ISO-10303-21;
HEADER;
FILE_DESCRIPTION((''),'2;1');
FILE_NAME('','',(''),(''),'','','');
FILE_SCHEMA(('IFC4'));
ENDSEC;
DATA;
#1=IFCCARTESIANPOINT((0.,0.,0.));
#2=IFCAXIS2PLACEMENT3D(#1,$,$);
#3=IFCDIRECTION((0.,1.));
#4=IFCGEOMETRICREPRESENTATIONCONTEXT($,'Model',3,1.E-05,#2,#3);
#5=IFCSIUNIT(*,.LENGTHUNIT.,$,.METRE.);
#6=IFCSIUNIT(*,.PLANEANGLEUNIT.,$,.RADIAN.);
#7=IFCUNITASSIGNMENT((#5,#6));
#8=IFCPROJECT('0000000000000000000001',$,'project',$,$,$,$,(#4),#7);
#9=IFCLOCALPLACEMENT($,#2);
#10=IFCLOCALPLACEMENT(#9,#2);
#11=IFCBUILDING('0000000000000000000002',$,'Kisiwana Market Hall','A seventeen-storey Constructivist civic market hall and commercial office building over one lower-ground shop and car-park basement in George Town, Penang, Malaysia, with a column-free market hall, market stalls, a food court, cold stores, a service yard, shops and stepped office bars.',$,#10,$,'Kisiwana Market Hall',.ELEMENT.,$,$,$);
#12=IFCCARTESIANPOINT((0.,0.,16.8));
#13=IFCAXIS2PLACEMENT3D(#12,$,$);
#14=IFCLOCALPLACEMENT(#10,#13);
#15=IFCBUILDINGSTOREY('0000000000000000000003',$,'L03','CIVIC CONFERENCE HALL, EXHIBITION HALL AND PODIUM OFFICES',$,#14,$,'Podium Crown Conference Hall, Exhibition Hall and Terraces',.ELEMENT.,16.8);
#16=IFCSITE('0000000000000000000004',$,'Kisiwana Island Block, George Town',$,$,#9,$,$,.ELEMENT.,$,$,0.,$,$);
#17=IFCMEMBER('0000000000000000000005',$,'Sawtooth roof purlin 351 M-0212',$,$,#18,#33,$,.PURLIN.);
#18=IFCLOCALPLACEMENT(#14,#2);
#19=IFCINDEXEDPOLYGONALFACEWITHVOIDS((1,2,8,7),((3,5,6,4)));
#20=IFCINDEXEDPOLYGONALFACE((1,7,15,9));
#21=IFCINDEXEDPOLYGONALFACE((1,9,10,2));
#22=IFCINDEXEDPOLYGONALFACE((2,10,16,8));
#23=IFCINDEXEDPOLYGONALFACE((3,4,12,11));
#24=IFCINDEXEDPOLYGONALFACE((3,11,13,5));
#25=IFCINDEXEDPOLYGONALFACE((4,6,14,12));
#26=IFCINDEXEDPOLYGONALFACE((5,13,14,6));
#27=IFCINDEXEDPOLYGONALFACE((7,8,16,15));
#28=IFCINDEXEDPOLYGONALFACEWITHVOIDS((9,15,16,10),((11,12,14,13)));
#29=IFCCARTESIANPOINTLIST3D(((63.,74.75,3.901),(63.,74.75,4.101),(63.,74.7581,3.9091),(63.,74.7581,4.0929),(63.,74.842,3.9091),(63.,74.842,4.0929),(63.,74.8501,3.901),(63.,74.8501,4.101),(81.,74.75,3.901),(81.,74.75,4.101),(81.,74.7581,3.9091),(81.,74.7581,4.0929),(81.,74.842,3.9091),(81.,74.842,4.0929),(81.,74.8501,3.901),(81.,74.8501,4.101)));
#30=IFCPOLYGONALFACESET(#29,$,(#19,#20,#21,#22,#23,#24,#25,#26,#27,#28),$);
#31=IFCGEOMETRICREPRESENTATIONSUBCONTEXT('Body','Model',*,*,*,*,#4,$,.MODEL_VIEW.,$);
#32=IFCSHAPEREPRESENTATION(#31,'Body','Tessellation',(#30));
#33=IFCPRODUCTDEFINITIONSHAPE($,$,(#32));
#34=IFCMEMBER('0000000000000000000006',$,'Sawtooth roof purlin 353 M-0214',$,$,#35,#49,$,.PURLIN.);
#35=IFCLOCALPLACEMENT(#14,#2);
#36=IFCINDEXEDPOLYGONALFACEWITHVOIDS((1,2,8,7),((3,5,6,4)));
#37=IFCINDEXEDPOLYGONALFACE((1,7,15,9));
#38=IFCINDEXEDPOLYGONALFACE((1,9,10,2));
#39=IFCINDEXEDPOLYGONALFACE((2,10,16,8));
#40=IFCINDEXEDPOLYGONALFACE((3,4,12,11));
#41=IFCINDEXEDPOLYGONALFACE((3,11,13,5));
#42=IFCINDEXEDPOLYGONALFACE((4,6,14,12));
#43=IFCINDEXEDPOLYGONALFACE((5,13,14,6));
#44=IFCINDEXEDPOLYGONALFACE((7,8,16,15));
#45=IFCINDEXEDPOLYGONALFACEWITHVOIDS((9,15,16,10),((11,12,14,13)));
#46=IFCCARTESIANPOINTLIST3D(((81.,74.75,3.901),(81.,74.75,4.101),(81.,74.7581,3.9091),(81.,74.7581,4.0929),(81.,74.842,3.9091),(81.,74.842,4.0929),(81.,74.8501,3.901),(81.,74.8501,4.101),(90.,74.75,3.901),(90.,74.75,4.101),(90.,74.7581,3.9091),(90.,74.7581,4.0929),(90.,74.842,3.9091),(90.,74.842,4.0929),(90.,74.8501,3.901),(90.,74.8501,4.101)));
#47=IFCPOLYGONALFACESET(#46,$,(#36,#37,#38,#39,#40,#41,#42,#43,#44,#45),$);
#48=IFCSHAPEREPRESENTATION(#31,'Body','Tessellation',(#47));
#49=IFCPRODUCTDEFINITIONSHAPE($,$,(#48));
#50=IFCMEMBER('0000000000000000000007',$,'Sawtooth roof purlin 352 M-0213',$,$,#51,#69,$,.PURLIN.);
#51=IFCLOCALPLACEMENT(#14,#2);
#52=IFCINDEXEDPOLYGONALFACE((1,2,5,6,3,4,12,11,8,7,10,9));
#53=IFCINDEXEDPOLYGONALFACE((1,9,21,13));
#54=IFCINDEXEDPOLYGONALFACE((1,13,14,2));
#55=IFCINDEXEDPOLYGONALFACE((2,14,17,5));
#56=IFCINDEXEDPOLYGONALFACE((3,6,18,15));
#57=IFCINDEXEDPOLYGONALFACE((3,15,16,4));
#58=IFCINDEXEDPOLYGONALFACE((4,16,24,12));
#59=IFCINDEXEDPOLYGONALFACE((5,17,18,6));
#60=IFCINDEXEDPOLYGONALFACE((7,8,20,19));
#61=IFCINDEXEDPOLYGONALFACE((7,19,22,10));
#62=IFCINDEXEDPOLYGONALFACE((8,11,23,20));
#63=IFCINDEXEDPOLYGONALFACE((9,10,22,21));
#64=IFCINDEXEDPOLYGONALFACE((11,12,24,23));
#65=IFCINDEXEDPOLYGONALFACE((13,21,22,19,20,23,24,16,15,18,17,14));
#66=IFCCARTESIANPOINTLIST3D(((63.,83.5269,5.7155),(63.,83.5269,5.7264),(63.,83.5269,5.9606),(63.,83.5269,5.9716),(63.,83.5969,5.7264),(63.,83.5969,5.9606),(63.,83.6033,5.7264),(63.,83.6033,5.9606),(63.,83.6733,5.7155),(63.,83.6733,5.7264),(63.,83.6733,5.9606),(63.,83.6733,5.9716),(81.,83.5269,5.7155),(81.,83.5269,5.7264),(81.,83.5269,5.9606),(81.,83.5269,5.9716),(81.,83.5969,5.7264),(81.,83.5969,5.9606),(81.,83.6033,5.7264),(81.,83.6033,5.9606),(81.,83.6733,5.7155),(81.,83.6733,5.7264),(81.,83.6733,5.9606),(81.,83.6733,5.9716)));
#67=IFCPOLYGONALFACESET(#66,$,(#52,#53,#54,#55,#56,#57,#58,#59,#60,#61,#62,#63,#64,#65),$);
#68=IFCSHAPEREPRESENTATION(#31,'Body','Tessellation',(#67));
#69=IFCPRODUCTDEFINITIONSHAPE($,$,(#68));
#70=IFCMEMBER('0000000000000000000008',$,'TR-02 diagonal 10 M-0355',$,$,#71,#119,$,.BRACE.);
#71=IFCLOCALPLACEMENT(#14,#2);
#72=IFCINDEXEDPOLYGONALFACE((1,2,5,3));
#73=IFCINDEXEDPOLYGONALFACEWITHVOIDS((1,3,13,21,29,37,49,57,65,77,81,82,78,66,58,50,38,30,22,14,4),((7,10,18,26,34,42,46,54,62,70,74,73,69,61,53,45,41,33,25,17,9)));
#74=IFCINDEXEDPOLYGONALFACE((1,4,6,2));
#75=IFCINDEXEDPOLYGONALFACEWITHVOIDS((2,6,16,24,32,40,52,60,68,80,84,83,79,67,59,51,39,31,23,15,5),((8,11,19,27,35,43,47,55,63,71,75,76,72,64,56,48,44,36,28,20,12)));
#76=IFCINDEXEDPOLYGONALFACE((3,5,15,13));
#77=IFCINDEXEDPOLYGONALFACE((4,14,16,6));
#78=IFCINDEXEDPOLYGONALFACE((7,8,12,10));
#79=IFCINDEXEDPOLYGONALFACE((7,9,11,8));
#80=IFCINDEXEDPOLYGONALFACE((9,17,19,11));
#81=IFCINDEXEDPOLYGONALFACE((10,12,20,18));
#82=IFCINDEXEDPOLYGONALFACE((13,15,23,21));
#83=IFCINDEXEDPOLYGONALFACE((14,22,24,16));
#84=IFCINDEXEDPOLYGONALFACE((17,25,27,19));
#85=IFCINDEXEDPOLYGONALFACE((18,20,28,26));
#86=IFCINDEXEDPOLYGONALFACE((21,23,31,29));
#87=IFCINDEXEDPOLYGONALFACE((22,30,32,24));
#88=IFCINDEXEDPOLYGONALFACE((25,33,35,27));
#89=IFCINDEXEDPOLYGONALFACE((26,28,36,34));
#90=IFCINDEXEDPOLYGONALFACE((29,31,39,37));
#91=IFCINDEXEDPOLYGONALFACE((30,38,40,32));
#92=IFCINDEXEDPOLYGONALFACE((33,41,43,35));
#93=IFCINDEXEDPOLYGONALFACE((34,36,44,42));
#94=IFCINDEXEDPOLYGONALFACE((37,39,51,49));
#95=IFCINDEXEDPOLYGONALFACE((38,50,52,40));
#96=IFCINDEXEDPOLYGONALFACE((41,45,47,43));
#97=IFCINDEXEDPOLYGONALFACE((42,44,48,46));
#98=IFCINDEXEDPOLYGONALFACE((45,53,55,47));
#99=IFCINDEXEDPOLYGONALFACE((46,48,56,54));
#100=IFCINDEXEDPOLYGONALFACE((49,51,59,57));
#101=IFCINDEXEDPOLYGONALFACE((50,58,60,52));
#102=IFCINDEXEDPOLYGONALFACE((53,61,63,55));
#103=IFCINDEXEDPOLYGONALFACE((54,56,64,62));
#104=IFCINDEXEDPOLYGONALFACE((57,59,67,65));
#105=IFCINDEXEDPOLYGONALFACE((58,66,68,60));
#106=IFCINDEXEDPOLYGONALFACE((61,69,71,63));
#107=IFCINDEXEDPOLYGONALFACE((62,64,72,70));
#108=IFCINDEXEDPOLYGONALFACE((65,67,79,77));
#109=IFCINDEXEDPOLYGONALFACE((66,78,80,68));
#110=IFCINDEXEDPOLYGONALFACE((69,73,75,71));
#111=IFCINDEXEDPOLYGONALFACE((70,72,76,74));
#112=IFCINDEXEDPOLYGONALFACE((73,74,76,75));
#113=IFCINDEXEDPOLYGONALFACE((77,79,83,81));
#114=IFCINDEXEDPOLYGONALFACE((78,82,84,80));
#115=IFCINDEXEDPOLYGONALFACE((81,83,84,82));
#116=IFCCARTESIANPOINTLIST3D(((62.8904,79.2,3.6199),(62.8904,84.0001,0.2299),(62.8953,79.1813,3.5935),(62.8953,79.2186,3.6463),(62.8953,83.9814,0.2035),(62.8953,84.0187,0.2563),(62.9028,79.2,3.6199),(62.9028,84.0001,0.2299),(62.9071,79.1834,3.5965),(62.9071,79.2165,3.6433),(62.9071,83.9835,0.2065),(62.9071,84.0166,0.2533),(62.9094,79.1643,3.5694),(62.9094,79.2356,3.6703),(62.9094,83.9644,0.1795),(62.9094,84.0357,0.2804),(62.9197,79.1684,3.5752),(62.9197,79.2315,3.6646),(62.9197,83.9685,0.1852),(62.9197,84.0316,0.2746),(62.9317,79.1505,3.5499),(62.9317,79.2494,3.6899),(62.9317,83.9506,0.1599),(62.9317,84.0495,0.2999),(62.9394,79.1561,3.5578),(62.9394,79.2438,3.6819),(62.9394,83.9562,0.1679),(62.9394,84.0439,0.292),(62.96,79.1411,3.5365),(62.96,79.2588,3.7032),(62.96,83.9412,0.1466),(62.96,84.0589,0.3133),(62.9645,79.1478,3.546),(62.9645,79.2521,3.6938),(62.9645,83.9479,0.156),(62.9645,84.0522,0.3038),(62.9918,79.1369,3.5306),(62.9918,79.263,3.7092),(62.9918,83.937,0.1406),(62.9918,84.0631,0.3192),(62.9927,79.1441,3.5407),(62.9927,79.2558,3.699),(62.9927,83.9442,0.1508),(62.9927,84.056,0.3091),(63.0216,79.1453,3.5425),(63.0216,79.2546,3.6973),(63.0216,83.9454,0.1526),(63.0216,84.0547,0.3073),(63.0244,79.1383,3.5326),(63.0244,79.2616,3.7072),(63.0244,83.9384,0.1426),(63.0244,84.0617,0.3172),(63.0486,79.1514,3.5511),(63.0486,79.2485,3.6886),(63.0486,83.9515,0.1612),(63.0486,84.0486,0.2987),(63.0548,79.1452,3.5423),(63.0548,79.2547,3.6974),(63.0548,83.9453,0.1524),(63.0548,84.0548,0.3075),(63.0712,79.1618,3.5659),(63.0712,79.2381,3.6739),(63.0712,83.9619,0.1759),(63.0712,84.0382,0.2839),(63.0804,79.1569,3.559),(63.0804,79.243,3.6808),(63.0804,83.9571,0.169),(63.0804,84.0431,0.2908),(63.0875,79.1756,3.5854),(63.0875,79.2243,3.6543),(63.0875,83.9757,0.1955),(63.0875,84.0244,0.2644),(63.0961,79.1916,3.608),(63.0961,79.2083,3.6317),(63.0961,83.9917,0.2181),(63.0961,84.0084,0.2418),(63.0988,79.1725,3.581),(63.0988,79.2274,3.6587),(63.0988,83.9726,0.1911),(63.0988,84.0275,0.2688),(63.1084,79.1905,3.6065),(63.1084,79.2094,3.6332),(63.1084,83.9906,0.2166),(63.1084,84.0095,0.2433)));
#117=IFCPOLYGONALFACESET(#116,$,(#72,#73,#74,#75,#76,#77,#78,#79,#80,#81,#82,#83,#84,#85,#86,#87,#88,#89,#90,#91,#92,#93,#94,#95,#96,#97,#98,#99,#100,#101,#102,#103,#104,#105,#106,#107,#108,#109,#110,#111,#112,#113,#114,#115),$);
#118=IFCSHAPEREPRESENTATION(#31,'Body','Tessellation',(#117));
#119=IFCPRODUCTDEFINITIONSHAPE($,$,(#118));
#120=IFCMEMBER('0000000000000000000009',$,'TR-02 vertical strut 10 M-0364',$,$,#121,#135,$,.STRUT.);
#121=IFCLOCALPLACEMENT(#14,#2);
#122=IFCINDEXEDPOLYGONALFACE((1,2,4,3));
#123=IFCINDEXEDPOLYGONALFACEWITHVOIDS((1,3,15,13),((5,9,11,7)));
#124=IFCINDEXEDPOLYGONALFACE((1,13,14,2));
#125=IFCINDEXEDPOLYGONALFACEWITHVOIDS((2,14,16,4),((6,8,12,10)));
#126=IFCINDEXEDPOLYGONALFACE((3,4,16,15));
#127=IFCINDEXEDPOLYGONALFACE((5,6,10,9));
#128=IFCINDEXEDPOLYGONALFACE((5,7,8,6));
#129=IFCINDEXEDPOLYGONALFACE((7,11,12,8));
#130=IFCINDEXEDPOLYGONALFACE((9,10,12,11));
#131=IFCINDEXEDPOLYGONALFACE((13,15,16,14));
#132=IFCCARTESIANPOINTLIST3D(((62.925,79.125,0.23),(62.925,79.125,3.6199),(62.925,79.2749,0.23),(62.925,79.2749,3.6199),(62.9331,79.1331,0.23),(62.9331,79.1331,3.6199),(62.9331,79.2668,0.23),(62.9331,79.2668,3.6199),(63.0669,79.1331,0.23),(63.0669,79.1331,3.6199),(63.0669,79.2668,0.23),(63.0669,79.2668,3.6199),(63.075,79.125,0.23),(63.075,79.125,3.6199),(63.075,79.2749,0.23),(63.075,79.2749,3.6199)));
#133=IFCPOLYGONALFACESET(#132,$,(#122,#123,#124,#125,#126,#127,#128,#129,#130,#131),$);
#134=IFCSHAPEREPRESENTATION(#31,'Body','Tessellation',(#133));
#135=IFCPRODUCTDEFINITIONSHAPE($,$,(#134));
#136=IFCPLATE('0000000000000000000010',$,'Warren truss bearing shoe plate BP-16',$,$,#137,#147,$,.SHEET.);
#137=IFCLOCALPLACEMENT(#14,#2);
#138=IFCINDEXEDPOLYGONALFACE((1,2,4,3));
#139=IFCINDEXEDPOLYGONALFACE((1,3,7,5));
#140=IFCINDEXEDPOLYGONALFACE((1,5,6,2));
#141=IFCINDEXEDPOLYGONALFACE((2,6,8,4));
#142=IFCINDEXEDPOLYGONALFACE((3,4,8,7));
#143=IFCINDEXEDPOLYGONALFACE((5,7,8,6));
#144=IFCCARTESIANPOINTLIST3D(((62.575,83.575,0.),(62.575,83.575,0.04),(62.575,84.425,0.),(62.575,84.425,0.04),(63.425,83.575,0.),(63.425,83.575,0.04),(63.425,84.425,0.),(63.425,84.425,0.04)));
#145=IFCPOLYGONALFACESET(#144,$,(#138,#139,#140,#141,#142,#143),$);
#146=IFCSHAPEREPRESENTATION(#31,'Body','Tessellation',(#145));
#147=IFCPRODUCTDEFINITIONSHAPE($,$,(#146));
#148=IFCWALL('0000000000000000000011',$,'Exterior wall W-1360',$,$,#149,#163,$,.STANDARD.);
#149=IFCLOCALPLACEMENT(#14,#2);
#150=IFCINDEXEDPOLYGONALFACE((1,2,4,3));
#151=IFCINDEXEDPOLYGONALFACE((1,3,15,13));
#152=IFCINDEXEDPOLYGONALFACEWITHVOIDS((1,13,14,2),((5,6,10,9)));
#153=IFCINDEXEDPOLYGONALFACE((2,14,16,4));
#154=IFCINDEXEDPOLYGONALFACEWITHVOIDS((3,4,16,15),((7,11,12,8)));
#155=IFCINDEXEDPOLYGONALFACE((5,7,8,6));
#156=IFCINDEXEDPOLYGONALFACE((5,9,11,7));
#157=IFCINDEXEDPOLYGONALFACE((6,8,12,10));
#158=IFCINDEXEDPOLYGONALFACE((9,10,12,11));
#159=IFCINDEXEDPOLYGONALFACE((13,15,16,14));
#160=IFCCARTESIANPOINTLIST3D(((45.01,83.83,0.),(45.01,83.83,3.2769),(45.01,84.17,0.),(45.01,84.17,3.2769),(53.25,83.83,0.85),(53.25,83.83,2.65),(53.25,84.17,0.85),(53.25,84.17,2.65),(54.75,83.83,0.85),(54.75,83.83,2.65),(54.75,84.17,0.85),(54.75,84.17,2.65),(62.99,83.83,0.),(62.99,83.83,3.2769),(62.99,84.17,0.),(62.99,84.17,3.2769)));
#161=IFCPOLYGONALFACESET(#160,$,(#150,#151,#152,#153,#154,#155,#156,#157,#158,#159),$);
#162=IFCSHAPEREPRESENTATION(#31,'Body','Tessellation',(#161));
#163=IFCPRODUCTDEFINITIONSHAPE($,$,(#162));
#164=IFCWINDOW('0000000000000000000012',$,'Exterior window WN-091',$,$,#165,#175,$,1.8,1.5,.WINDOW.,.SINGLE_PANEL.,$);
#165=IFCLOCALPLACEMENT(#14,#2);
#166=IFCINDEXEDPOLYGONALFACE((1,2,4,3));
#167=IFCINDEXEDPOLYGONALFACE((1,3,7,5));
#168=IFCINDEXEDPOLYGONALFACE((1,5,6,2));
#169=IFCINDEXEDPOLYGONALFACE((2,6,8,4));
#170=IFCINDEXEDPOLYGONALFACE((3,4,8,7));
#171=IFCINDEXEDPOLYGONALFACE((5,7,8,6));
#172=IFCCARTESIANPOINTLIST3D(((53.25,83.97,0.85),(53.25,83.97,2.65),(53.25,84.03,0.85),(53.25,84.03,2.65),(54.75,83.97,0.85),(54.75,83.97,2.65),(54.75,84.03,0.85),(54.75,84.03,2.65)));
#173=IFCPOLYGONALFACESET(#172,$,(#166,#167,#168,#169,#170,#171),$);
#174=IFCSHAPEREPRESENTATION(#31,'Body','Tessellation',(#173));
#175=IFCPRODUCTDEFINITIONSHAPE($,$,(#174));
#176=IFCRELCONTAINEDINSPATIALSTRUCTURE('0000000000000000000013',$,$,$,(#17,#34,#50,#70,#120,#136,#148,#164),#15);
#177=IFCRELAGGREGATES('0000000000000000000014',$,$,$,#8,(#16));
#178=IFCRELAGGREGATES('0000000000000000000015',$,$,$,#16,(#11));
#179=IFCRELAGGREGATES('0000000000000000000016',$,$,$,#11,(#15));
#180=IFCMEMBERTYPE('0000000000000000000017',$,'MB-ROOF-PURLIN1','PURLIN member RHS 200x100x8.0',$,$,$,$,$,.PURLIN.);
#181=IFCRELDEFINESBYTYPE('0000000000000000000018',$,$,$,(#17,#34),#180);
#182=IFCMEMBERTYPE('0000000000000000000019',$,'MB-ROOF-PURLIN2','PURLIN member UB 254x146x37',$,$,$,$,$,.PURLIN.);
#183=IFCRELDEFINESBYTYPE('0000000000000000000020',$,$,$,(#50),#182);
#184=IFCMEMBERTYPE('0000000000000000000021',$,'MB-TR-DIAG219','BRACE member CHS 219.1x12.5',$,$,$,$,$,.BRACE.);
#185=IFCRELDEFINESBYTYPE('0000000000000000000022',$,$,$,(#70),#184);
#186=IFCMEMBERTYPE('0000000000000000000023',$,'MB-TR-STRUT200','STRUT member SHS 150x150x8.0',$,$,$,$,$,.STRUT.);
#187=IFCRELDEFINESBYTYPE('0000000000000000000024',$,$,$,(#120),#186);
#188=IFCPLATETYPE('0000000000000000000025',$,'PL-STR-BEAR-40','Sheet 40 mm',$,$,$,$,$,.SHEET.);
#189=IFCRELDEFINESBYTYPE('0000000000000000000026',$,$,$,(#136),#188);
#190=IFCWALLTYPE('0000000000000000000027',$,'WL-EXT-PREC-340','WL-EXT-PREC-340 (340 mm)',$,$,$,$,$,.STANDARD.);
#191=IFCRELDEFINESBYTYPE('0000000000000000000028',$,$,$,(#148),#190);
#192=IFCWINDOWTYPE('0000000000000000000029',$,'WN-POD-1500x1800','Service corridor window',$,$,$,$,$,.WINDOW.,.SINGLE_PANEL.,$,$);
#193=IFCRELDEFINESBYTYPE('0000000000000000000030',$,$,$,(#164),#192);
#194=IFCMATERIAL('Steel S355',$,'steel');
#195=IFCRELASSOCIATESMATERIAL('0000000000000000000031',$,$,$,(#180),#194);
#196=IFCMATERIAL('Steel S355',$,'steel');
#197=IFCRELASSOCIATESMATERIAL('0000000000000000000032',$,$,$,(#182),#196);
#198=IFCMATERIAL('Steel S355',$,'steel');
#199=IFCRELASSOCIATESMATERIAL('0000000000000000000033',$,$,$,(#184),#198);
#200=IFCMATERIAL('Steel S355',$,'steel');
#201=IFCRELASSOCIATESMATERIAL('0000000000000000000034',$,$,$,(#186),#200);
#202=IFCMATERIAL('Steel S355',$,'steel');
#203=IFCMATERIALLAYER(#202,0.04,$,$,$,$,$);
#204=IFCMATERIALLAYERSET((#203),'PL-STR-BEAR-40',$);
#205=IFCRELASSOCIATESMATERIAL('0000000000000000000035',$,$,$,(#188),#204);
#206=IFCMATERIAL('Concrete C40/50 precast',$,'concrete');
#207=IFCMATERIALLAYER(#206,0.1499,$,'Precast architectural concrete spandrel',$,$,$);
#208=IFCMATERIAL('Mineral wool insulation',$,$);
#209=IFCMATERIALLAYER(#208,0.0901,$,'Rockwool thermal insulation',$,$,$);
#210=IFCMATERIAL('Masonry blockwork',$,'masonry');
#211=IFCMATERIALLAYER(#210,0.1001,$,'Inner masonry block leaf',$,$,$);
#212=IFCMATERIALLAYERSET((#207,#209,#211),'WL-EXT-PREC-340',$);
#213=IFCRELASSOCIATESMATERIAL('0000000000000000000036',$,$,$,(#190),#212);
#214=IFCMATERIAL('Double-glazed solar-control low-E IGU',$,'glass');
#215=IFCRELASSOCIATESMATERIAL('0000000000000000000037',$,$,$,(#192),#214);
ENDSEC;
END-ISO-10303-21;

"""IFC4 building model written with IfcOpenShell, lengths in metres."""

from ifc_helpers import new_model, si_unit, direction, frame, frame_2d, origin, origin_2d, place, context, subcontext, project, spatial, rectangle, hollow_rectangle, hollow_circle, i_section, extrude, material, layer, layer_set, material_profile, profile_set, type_object, element, fill, save


model = new_model("IFC4")

# Units and contexts
model_context = context("Model", 3, precision=1e-05, world=origin(), true_north=direction((0.0, 1.0)))
body_context = subcontext(model_context, "Body", "Model", "MODEL_VIEW")
ifc_project = project(units=[si_unit("LENGTHUNIT", "METRE"), si_unit("PLANEANGLEUNIT", "RADIAN")], contexts=[model_context])

# Site, building, storey
site_placement = place(None, origin())
site = spatial("IfcSite", under=ifc_project, at=site_placement, Name="Kisiwana Island Block, George Town", CompositionType="ELEMENT", RefElevation=0.0)
building_placement = place(site_placement, origin())
building = spatial("IfcBuilding", under=site, at=building_placement, Name="Kisiwana Market Hall", Description="A seventeen-storey Constructivist civic market hall and commercial office building over one lower-ground shop and car-park basement in George Town, Penang, Malaysia, with a column-free market hall, market stalls, a food court, cold stores, a service yard, shops and stepped office bars.", LongName="Kisiwana Market Hall", CompositionType="ELEMENT")
storey_placement = place(building_placement, frame((0.0, 0.0, 16.8)))
storey = spatial("IfcBuildingStorey", under=building, at=storey_placement, Name="L03", Description="CIVIC CONFERENCE HALL, EXHIBITION HALL AND PODIUM OFFICES", LongName="Podium Crown Conference Hall, Exhibition Hall and Terraces", CompositionType="ELEMENT", Elevation=16.8)

# Members
ifc_material_1 = material(Name="Steel S355", Category="steel")
ifc_material_profile_1 = material_profile(ifc_material_1, hollow_rectangle(XDim=0.1001, YDim=0.2, WallThickness=0.0081, at=origin_2d()), Name="RHS 200x100x8.0")
ifc_profile_set_1 = profile_set([ifc_material_profile_1], Name="Steel S355")
member_type_1 = type_object("IfcMemberType", Name="MB-ROOF-PURLIN1", Description="PURLIN member RHS 200x100x8.0", PredefinedType="PURLIN", material=ifc_profile_set_1)
member_1_placement = place(storey_placement, frame((63.0, 74.8, 4.001), z_axis=(1.0, 0.0, 0.0), x_axis=(0.0, 1.0, 0.0)))
element("IfcMember", 1, at=member_1_placement, inside=storey, type_object=member_type_1, Name="Sawtooth roof purlin 351 M-0212", PredefinedType="PURLIN", context=body_context, shape_type="SweptSolid", body=[
    extrude(hollow_rectangle(XDim=0.1001, YDim=0.2, WallThickness=0.0081, at=origin_2d()), origin(), (0.0, 0.0, 1.0), 18.0),
])
member_2_placement = place(storey_placement, frame((81.0, 74.8, 4.001), z_axis=(1.0, 0.0, 0.0), x_axis=(0.0, 1.0, 0.0)))
element("IfcMember", 2, at=member_2_placement, inside=storey, type_object=member_type_1, Name="Sawtooth roof purlin 353 M-0214", PredefinedType="PURLIN", context=body_context, shape_type="SweptSolid", body=[
    extrude(hollow_rectangle(XDim=0.1001, YDim=0.2, WallThickness=0.0081, at=origin_2d()), origin(), (0.0, 0.0, 1.0), 9.0),
])
ifc_material_2 = material(Name="Steel S355", Category="steel")
ifc_material_profile_2 = material_profile(ifc_material_2, i_section(OverallWidth=0.1465, OverallDepth=0.2561, WebThickness=0.0063, FlangeThickness=0.011, at=origin_2d()), Name="UB 254x146x37")
ifc_profile_set_2 = profile_set([ifc_material_profile_2], Name="Steel S355")
member_type_2 = type_object("IfcMemberType", Name="MB-ROOF-PURLIN2", Description="PURLIN member UB 254x146x37", PredefinedType="PURLIN", material=ifc_profile_set_2)
member_3_placement = place(storey_placement, frame((63.0, 83.6001, 5.8435), z_axis=(1.0, 0.0, 0.0), x_axis=(0.0, 1.0, 0.0)))
element("IfcMember", 3, at=member_3_placement, inside=storey, type_object=member_type_2, Name="Sawtooth roof purlin 352 M-0213", PredefinedType="PURLIN", context=body_context, shape_type="SweptSolid", body=[
    extrude(i_section(OverallWidth=0.1465, OverallDepth=0.2561, WebThickness=0.0063, FlangeThickness=0.011, at=origin_2d()), origin(), (0.0, 0.0, 1.0), 18.0),
])
ifc_material_3 = material(Name="Steel S355", Category="steel")
ifc_material_profile_3 = material_profile(ifc_material_3, hollow_circle(Radius=0.1096, WallThickness=0.0125, at=origin_2d()), Name="CHS 219.1x12.5")
ifc_profile_set_3 = profile_set([ifc_material_profile_3], Name="Steel S355")
member_type_3 = type_object("IfcMemberType", Name="MB-TR-DIAG219", Description="BRACE member CHS 219.1x12.5", PredefinedType="BRACE", material=ifc_profile_set_3)
member_4_placement = place(storey_placement, frame((63.0, 79.2, 3.6199), z_axis=(0.0, 0.816838, -0.576868), x_axis=(-1.0, 0.0, 0.0)))
element("IfcMember", 4, at=member_4_placement, inside=storey, type_object=member_type_3, Name="TR-02 diagonal 10 M-0355", PredefinedType="BRACE", context=body_context, shape_type="SweptSolid", body=[
    extrude(hollow_circle(Radius=0.1096, WallThickness=0.0125, at=origin_2d()), origin(), (0.0, 0.0, 1.0), 5.8765),
])
ifc_material_4 = material(Name="Steel S355", Category="steel")
ifc_material_profile_4 = material_profile(ifc_material_4, hollow_rectangle(XDim=0.1499, YDim=0.1499, WallThickness=0.0081, at=origin_2d()), Name="SHS 150x150x8.0")
ifc_profile_set_4 = profile_set([ifc_material_profile_4], Name="Steel S355")
member_type_4 = type_object("IfcMemberType", Name="MB-TR-STRUT200", Description="STRUT member SHS 150x150x8.0", PredefinedType="STRUT", material=ifc_profile_set_4)
member_5_placement = place(storey_placement, frame((63.0, 79.2, 0.23), z_axis=(0.0, 0.0, 1.0), x_axis=(1.0, 0.0, 0.0)))
element("IfcMember", 5, at=member_5_placement, inside=storey, type_object=member_type_4, Name="TR-02 vertical strut 10 M-0364", PredefinedType="STRUT", context=body_context, shape_type="SweptSolid", body=[
    extrude(hollow_rectangle(XDim=0.1499, YDim=0.1499, WallThickness=0.0081, at=origin_2d()), origin(), (0.0, 0.0, 1.0), 3.3899),
])

# Plate
ifc_material_5 = material(Name="Steel S355", Category="steel")
ifc_layer_1 = layer(ifc_material_5, 0.04)
ifc_layer_set_1 = layer_set([ifc_layer_1], Name="PL-STR-BEAR-40")
plate_type = type_object("IfcPlateType", Name="PL-STR-BEAR-40", Description="Sheet 40 mm", PredefinedType="SHEET", material=ifc_layer_set_1)
plate_placement = place(storey_placement, frame((63.0, 84.0, 0.0), z_axis=(0.0, 0.0, 1.0), x_axis=(1.0, 0.0, 0.0)))
element("IfcPlate", 6, at=plate_placement, inside=storey, type_object=plate_type, Name="Warren truss bearing shoe plate BP-16", PredefinedType="SHEET", context=body_context, shape_type="SweptSolid", body=[
    extrude(rectangle(XDim=0.8501, YDim=0.8501, at=origin_2d()), origin(), (0.0, 0.0, 1.0), 0.04),
])

# Wall, opening, window
ifc_material_6 = material(Name="Concrete C40/50 precast", Category="concrete")
ifc_layer_2 = layer(ifc_material_6, 0.1499, Name="Precast architectural concrete spandrel")
ifc_material_7 = material(Name="Mineral wool insulation")
ifc_layer_3 = layer(ifc_material_7, 0.0901, Name="Rockwool thermal insulation")
ifc_material_8 = material(Name="Masonry blockwork", Category="masonry")
ifc_layer_4 = layer(ifc_material_8, 0.1001, Name="Inner masonry block leaf")
ifc_layer_set_2 = layer_set([ifc_layer_2, ifc_layer_3, ifc_layer_4], Name="WL-EXT-PREC-340")
wall_type = type_object("IfcWallType", Name="WL-EXT-PREC-340", Description="WL-EXT-PREC-340 (340 mm)", PredefinedType="STANDARD", material=ifc_layer_set_2)
wall_1_placement = place(storey_placement, frame((45.01, 84.0, 0.0), z_axis=(0.0, 0.0, 1.0), x_axis=(1.0, 0.0, 0.0)))
wall_1 = element("IfcWall", 7, at=wall_1_placement, inside=storey, type_object=wall_type, Name="Exterior wall W-1360", PredefinedType="STANDARD", context=body_context, shape_type="SweptSolid", body=[
    extrude(rectangle(XDim=17.98, YDim=0.3401, at=frame_2d((8.99, 0.0))), origin(), (0.0, 0.0, 1.0), 3.2769),
])
opening_1_placement = place(wall_1_placement, frame((8.24, 0.0, 0.8501)))
opening_1 = element("IfcOpeningElement", 8, at=opening_1_placement, cuts=wall_1, PredefinedType="OPENING", context=body_context, shape_type="SweptSolid", body=[
    extrude(rectangle(XDim=1.5, YDim=1.8, at=frame_2d((0.75, 0.8999))), frame((0.0, 0.1821, 0.0), z_axis=(0.0, -1.0, 0.0), x_axis=(1.0, 0.0, 0.0)), (0.0, 0.0, 1.0), 0.364),
])
ifc_material_9 = material(Name="Double-glazed solar-control low-E IGU", Category="glass")
window_type = type_object("IfcWindowType", Name="WN-POD-1500x1800", Description="Service corridor window", PartitioningType="SINGLE_PANEL", PredefinedType="WINDOW", material=ifc_material_9)
window_1_placement = place(opening_1_placement, origin())
window_1 = element("IfcWindow", 9, at=window_1_placement, inside=storey, type_object=window_type, Name="Exterior window WN-091", OverallHeight=1.8, OverallWidth=1.5, PartitioningType="SINGLE_PANEL", PredefinedType="WINDOW", context=body_context, shape_type="SweptSolid", body=[
    extrude(rectangle(XDim=1.5, YDim=1.8, at=frame_2d((0.75, 0.8999))), frame((0.0, 0.03, 0.0), z_axis=(0.0, -1.0, 0.0), x_axis=(1.0, 0.0, 0.0)), (0.0, 0.0, 1.0), 0.0601),
])
fill(opening_1, window_1)

save(model, "model.ifc")
